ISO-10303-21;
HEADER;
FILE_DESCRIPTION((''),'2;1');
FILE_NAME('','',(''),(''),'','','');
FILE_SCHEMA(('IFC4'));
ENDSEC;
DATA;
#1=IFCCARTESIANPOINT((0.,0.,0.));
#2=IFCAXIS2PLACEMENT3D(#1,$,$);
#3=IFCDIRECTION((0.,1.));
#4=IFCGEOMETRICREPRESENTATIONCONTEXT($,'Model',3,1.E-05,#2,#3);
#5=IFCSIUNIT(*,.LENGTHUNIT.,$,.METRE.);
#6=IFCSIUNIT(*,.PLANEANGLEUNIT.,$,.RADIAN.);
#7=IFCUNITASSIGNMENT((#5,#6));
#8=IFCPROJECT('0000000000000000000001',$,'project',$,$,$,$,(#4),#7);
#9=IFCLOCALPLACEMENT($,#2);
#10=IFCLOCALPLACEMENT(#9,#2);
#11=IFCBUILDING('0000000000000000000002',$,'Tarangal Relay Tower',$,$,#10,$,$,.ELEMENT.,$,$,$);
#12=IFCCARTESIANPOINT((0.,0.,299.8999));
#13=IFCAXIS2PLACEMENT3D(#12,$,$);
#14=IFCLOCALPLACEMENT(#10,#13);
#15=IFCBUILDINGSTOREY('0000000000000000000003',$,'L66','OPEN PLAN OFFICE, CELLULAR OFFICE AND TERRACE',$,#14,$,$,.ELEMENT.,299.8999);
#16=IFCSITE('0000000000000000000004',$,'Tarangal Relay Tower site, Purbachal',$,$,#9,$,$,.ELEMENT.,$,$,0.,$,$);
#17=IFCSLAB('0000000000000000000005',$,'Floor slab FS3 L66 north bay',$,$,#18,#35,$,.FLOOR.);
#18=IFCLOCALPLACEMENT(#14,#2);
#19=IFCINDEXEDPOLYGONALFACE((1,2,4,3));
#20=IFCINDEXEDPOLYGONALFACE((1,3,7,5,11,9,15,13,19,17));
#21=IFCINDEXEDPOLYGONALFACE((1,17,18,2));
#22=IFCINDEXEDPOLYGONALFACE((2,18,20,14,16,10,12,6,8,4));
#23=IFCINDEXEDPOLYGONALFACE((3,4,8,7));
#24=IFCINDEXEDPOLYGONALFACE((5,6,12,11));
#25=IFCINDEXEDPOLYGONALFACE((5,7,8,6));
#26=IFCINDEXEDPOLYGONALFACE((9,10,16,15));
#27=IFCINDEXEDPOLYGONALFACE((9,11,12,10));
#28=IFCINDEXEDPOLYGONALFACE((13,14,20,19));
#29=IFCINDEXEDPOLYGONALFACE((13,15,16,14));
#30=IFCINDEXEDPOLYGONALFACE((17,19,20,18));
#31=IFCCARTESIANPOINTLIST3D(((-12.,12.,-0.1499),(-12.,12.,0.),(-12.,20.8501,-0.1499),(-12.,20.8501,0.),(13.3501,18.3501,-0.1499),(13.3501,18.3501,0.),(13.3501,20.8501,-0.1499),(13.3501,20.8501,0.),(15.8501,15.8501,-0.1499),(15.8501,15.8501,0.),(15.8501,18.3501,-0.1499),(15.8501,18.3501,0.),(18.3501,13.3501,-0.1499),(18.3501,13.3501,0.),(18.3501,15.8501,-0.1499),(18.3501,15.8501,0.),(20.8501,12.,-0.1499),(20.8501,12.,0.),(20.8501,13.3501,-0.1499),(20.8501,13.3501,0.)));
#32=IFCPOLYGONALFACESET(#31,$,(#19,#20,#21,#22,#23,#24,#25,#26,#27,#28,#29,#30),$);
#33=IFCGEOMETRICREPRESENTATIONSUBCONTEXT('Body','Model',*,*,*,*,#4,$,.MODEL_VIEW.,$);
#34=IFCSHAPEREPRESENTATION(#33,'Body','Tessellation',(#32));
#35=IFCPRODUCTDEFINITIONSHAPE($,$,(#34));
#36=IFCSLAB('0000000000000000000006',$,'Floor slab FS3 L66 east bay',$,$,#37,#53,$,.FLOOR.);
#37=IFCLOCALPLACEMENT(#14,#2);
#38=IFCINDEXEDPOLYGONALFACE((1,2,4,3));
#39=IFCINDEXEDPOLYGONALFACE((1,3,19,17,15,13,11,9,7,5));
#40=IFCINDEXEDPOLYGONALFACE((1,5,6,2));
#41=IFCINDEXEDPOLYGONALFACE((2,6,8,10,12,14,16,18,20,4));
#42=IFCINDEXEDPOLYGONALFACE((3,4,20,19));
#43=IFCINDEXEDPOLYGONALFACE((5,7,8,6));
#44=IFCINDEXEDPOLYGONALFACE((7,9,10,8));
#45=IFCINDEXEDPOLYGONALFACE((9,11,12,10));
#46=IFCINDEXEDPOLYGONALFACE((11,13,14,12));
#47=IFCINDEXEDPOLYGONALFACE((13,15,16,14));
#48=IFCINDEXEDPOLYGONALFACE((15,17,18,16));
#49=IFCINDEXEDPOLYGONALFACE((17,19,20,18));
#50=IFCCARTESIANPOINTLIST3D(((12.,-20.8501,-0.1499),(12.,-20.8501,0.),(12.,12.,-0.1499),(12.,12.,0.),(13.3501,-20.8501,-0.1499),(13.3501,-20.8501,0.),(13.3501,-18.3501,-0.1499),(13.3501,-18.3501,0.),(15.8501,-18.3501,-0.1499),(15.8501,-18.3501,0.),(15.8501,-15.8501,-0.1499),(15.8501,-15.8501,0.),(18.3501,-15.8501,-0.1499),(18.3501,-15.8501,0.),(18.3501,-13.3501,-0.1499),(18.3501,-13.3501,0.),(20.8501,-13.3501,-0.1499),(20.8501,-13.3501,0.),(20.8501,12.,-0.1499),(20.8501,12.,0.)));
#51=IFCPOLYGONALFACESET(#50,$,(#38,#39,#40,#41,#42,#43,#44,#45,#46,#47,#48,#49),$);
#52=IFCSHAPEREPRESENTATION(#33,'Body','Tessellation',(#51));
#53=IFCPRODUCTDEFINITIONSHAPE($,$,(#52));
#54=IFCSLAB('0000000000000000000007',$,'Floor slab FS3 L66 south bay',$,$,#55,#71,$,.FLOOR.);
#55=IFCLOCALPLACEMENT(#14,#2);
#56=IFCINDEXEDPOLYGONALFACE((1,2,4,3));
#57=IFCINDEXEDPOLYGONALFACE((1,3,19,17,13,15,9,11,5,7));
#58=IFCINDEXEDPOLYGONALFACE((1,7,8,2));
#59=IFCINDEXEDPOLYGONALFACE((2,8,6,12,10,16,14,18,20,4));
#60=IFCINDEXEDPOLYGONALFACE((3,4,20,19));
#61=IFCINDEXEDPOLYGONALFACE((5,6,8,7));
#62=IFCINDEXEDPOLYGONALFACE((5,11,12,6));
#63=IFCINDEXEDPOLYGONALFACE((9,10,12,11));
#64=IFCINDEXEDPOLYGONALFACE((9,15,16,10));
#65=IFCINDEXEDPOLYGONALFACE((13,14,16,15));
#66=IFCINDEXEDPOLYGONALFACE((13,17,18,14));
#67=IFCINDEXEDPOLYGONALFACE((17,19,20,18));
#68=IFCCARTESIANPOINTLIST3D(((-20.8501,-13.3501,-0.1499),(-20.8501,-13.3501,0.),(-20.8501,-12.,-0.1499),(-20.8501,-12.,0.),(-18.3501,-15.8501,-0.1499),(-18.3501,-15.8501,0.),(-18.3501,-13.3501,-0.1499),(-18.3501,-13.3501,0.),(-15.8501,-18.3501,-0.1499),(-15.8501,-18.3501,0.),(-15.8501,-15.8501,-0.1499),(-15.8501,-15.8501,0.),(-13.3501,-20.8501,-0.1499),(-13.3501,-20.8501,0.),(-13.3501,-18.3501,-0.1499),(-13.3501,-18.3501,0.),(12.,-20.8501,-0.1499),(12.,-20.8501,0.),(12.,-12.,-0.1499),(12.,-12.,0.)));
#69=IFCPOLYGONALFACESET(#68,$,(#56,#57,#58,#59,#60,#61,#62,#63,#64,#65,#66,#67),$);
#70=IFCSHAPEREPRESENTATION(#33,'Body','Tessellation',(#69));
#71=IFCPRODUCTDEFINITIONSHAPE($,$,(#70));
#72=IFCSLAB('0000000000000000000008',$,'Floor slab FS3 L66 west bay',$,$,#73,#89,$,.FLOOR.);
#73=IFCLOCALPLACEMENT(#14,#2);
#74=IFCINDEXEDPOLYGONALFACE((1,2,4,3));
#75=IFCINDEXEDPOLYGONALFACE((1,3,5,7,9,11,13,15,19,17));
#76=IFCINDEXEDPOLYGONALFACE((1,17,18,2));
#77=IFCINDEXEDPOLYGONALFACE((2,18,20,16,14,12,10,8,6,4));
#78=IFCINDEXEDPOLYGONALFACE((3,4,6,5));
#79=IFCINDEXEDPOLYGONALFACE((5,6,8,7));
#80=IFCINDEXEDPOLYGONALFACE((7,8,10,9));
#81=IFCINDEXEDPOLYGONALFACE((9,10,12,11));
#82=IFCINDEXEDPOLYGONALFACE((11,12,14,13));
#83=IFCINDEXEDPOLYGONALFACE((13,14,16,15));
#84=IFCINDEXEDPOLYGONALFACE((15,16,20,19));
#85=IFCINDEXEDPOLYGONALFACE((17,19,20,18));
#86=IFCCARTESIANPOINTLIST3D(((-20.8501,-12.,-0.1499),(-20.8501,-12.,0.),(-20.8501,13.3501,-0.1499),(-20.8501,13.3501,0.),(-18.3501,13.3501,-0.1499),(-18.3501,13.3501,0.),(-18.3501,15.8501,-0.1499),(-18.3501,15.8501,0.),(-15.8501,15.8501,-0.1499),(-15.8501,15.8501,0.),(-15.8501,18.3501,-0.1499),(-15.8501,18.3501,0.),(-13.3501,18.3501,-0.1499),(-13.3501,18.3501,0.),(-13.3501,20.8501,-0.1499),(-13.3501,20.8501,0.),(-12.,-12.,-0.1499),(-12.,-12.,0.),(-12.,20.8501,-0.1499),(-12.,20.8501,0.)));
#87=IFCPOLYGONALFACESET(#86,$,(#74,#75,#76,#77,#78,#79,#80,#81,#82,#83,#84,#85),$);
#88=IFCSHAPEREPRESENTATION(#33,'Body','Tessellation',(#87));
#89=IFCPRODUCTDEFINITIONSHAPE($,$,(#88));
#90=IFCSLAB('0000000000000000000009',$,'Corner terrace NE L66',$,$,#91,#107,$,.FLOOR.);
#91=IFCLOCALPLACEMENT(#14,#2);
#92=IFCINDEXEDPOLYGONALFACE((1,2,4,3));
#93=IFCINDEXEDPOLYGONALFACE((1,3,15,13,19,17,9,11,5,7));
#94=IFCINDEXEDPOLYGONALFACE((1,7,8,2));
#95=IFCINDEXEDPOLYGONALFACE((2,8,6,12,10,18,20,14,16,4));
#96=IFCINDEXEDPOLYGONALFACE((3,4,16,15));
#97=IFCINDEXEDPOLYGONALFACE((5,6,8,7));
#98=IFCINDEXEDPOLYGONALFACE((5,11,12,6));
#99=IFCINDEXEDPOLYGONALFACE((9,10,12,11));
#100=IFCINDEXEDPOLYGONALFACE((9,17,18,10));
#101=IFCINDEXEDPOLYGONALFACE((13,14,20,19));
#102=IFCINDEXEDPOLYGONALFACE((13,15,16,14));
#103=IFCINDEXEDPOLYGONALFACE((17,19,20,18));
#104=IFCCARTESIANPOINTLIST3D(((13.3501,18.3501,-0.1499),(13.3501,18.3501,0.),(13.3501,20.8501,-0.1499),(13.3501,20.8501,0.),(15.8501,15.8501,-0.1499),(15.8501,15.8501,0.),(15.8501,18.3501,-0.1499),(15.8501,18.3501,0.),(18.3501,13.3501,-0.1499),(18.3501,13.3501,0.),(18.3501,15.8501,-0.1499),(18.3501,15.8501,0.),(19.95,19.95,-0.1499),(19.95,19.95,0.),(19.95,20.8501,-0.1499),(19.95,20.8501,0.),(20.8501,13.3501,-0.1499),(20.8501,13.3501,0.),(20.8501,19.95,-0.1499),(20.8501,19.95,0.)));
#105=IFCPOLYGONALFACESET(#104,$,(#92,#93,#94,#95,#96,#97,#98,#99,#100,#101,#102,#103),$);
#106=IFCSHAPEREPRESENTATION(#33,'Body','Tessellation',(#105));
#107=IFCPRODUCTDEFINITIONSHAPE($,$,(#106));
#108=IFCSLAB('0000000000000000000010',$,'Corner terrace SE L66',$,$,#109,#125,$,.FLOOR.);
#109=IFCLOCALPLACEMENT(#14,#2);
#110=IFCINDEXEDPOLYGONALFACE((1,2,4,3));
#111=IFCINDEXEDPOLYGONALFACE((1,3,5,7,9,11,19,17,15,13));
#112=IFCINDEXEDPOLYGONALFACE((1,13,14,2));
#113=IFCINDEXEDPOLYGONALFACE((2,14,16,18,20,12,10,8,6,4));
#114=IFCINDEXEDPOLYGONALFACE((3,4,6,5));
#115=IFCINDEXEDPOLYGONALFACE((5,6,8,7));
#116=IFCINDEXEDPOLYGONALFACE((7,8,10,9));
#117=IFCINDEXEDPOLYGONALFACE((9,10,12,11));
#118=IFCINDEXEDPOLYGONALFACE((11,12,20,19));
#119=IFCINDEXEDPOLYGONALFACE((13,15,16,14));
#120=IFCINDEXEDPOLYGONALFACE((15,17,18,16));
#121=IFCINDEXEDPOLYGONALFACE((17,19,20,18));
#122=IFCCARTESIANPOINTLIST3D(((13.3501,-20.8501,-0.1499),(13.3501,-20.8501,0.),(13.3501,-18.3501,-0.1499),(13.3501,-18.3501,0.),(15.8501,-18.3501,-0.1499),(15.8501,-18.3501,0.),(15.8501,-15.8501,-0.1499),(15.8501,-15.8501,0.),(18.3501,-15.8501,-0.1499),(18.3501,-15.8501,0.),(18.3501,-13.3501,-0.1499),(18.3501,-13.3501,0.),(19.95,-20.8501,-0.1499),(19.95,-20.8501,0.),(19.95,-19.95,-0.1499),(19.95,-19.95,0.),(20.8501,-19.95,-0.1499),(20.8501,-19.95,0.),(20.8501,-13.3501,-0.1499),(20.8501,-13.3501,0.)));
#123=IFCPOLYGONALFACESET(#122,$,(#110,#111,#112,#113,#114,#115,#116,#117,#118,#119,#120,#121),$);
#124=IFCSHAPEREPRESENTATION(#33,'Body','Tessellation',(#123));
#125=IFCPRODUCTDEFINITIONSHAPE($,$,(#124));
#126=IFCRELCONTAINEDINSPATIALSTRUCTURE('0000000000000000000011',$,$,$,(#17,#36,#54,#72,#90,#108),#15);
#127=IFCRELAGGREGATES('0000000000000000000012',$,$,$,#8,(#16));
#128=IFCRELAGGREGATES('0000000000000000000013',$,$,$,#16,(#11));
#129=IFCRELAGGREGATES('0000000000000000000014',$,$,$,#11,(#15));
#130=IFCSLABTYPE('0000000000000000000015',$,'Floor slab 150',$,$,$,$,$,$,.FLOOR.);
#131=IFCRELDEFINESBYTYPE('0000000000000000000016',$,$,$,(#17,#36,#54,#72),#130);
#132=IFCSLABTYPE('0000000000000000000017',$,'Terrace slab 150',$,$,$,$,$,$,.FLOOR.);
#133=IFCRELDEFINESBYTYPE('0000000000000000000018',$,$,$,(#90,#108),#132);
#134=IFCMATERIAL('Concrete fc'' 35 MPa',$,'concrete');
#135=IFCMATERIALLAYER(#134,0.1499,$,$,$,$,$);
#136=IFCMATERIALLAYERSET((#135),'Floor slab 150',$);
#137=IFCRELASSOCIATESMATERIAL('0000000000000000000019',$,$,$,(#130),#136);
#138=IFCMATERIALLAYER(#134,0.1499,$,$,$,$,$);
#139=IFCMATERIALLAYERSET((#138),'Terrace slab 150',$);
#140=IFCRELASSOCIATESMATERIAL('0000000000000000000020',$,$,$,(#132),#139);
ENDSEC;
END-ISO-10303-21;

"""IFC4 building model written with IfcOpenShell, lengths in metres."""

from ifc_helpers import new_model, si_unit, direction, frame, origin, place, context, subcontext, project, spatial, polyline, outline, extrude, material, layer, layer_set, type_object, element, save


model = new_model("IFC4")

# Units and contexts
model_context = context("Model", 3, precision=1e-05, world=origin(), true_north=direction((0.0, 1.0)))
body_context = subcontext(model_context, "Body", "Model", "MODEL_VIEW")
ifc_project = project(units=[si_unit("LENGTHUNIT", "METRE"), si_unit("PLANEANGLEUNIT", "RADIAN")], contexts=[model_context])

# Site, building, storey
site_placement = place(None, origin())
site = spatial("IfcSite", under=ifc_project, at=site_placement, Name="Tarangal Relay Tower site, Purbachal", CompositionType="ELEMENT", RefElevation=0.0)
building_placement = place(site_placement, origin())
building = spatial("IfcBuilding", under=site, at=building_placement, Name="Tarangal Relay Tower", CompositionType="ELEMENT")
storey_placement = place(building_placement, frame((0.0, 0.0, 299.8999)))
storey = spatial("IfcBuildingStorey", under=building, at=storey_placement, Name="L66", Description="OPEN PLAN OFFICE, CELLULAR OFFICE AND TERRACE", CompositionType="ELEMENT", Elevation=299.8999)

# Slabs
ifc_material_1 = material(Name="Concrete fc' 35 MPa", Category="concrete")
ifc_layer_1 = layer(ifc_material_1, 0.1499)
ifc_layer_set_1 = layer_set([ifc_layer_1], Name="Floor slab 150")
slab_type_1 = type_object("IfcSlabType", Name="Floor slab 150", PredefinedType="FLOOR", material=ifc_layer_set_1)
slab_1_placement = place(storey_placement, frame((0.0, 0.0, -0.1499)))
element("IfcSlab", 1, at=slab_1_placement, inside=storey, type_object=slab_type_1, Name="Floor slab FS3 L66 north bay", PredefinedType="FLOOR", context=body_context, shape_type="SweptSolid", body=[
    extrude(outline(polyline([(13.3501, 20.8501), (13.3501, 18.3501), (15.8501, 18.3501), (15.8501, 15.8501), (18.3501, 15.8501), (18.3501, 13.3501), (20.8501, 13.3501), (20.8501, 12.0), (-12.0, 12.0), (-12.0, 20.8501), (13.3501, 20.8501)])), origin(), (0.0, 0.0, 1.0), 0.1499),
])
slab_2_placement = place(storey_placement, frame((0.0, 0.0, -0.1499)))
element("IfcSlab", 2, at=slab_2_placement, inside=storey, type_object=slab_type_1, Name="Floor slab FS3 L66 east bay", PredefinedType="FLOOR", context=body_context, shape_type="SweptSolid", body=[
    extrude(outline(polyline([(20.8501, -13.3501), (18.3501, -13.3501), (18.3501, -15.8501), (15.8501, -15.8501), (15.8501, -18.3501), (13.3501, -18.3501), (13.3501, -20.8501), (12.0, -20.8501), (12.0, 12.0), (20.8501, 12.0), (20.8501, -13.3501)])), origin(), (0.0, 0.0, 1.0), 0.1499),
])
slab_3_placement = place(storey_placement, frame((0.0, 0.0, -0.1499)))
element("IfcSlab", 3, at=slab_3_placement, inside=storey, type_object=slab_type_1, Name="Floor slab FS3 L66 south bay", PredefinedType="FLOOR", context=body_context, shape_type="SweptSolid", body=[
    extrude(outline(polyline([(-13.3501, -20.8501), (-13.3501, -18.3501), (-15.8501, -18.3501), (-15.8501, -15.8501), (-18.3501, -15.8501), (-18.3501, -13.3501), (-20.8501, -13.3501), (-20.8501, -12.0), (12.0, -12.0), (12.0, -20.8501), (-13.3501, -20.8501)])), origin(), (0.0, 0.0, 1.0), 0.1499),
])
slab_4_placement = place(storey_placement, frame((0.0, 0.0, -0.1499)))
element("IfcSlab", 4, at=slab_4_placement, inside=storey, type_object=slab_type_1, Name="Floor slab FS3 L66 west bay", PredefinedType="FLOOR", context=body_context, shape_type="SweptSolid", body=[
    extrude(outline(polyline([(-12.0, 20.8501), (-12.0, -12.0), (-20.8501, -12.0), (-20.8501, 13.3501), (-18.3501, 13.3501), (-18.3501, 15.8501), (-15.8501, 15.8501), (-15.8501, 18.3501), (-13.3501, 18.3501), (-13.3501, 20.8501), (-12.0, 20.8501)])), origin(), (0.0, 0.0, 1.0), 0.1499),
])
ifc_layer_2 = layer(ifc_material_1, 0.1499)
ifc_layer_set_2 = layer_set([ifc_layer_2], Name="Terrace slab 150")
slab_type_2 = type_object("IfcSlabType", Name="Terrace slab 150", PredefinedType="FLOOR", material=ifc_layer_set_2)
slab_5_placement = place(storey_placement, frame((0.0, 0.0, -0.1499)))
element("IfcSlab", 5, at=slab_5_placement, inside=storey, type_object=slab_type_2, Name="Corner terrace NE L66", PredefinedType="FLOOR", context=body_context, shape_type="SweptSolid", body=[
    extrude(outline(polyline([(13.3501, 20.8501), (13.3501, 18.3501), (15.8501, 18.3501), (15.8501, 15.8501), (18.3501, 15.8501), (18.3501, 13.3501), (20.8501, 13.3501), (20.8501, 19.95), (19.95, 19.95), (19.95, 20.8501), (13.3501, 20.8501)])), origin(), (0.0, 0.0, 1.0), 0.1499),
])
slab_6_placement = place(storey_placement, frame((0.0, 0.0, -0.1499)))
element("IfcSlab", 6, at=slab_6_placement, inside=storey, type_object=slab_type_2, Name="Corner terrace SE L66", PredefinedType="FLOOR", context=body_context, shape_type="SweptSolid", body=[
    extrude(outline(polyline([(20.8501, -13.3501), (18.3501, -13.3501), (18.3501, -15.8501), (15.8501, -15.8501), (15.8501, -18.3501), (13.3501, -18.3501), (13.3501, -20.8501), (19.95, -20.8501), (19.95, -19.95), (20.8501, -19.95), (20.8501, -13.3501)])), origin(), (0.0, 0.0, 1.0), 0.1499),
])

save(model, "model.ifc")
